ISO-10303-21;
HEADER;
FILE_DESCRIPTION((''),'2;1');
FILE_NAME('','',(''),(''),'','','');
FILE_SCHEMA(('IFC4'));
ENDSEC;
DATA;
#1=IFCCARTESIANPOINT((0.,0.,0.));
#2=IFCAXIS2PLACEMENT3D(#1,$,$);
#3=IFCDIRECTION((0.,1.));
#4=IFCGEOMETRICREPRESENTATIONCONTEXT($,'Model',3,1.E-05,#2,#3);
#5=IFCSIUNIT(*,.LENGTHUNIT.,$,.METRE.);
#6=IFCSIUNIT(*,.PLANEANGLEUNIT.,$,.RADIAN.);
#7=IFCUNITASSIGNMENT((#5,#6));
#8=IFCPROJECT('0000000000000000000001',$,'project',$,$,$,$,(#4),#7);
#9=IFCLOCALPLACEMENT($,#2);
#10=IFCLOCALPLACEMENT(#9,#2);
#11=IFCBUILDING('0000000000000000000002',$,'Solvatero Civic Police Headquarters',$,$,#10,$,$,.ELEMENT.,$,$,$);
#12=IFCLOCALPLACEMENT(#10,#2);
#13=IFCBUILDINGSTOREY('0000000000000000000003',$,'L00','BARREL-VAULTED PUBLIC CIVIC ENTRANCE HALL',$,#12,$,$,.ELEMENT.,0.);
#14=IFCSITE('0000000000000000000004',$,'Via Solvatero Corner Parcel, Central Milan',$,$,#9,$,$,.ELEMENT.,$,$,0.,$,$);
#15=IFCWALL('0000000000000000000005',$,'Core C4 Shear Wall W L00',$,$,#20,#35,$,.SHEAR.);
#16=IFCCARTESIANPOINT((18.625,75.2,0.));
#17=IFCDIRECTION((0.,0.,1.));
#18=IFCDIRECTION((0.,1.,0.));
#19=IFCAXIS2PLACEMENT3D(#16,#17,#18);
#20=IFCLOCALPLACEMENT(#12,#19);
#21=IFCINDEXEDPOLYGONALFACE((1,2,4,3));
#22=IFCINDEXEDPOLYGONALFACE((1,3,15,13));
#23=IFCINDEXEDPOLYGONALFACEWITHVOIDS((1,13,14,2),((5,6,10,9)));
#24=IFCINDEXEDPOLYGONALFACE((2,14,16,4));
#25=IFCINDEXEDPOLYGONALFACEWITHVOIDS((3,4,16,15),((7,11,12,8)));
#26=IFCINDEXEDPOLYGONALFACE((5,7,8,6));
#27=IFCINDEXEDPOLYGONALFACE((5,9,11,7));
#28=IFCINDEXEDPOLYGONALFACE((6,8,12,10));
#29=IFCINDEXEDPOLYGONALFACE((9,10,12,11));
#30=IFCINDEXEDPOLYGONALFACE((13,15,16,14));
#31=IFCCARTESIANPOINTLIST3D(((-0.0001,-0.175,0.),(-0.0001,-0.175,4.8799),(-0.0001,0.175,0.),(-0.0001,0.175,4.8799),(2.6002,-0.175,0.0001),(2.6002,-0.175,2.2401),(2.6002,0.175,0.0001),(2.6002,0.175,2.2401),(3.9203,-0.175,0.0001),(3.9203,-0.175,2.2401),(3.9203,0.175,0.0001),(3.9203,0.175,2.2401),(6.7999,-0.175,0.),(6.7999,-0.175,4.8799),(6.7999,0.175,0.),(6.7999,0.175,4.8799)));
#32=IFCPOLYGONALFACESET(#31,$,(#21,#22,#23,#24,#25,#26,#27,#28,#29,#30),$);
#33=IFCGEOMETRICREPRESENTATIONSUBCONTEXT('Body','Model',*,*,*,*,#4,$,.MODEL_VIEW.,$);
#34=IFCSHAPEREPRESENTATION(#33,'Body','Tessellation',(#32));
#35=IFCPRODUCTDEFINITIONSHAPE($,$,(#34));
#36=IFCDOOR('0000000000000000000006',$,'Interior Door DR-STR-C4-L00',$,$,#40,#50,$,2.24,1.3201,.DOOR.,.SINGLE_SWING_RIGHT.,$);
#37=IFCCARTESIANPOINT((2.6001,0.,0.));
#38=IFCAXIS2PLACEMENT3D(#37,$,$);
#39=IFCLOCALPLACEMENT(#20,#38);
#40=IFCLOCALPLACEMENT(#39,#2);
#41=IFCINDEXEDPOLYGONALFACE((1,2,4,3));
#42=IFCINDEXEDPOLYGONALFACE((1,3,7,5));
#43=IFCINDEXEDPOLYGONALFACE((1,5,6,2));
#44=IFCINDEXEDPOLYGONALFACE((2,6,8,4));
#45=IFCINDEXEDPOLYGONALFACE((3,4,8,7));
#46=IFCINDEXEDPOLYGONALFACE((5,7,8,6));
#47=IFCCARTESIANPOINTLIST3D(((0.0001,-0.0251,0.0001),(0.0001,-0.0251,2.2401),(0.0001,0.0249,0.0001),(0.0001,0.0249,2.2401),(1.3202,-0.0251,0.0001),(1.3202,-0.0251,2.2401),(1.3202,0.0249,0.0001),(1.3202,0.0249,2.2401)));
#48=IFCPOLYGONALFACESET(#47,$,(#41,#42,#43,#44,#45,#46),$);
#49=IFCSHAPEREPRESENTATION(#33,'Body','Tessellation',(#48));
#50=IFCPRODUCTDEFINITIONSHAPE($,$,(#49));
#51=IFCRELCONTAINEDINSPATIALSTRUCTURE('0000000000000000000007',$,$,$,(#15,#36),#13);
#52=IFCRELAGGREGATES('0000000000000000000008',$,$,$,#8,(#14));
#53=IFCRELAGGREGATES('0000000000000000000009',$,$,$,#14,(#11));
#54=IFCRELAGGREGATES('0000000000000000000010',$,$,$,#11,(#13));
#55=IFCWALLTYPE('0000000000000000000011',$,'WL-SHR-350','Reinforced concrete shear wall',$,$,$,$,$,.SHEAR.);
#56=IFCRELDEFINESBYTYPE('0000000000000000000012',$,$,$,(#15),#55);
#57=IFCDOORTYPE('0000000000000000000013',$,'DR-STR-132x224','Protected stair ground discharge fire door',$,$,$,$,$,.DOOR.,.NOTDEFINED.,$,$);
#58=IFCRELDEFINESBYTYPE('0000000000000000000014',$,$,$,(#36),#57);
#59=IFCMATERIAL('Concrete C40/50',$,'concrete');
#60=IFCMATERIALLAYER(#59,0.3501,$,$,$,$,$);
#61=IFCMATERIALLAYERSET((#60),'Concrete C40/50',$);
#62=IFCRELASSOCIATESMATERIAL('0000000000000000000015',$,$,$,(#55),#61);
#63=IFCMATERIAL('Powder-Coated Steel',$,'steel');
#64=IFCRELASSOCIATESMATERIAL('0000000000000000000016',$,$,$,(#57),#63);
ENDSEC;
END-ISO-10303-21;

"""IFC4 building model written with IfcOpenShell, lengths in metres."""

from ifc_helpers import new_model, si_unit, direction, frame, frame_2d, origin, place, context, subcontext, project, spatial, rectangle, extrude, material, layer, layer_set, type_object, element, fill, save


model = new_model("IFC4")

# Units and contexts
model_context = context("Model", 3, precision=1e-05, world=origin(), true_north=direction((0.0, 1.0)))
body_context = subcontext(model_context, "Body", "Model", "MODEL_VIEW")
ifc_project = project(units=[si_unit("LENGTHUNIT", "METRE"), si_unit("PLANEANGLEUNIT", "RADIAN")], contexts=[model_context])

# Site, building, storey
site_placement = place(None, origin())
site = spatial("IfcSite", under=ifc_project, at=site_placement, Name="Via Solvatero Corner Parcel, Central Milan", CompositionType="ELEMENT", RefElevation=0.0)
building_placement = place(site_placement, origin())
building = spatial("IfcBuilding", under=site, at=building_placement, Name="Solvatero Civic Police Headquarters", CompositionType="ELEMENT")
storey_placement = place(building_placement, origin())
storey = spatial("IfcBuildingStorey", under=building, at=storey_placement, Name="L00", Description="BARREL-VAULTED PUBLIC CIVIC ENTRANCE HALL", CompositionType="ELEMENT", Elevation=0.0)

# Shared definitions
ifc_material_1 = material(Name="Concrete C40/50", Category="concrete")

# Shared definitions
ifc_material_2 = material(Name="Powder-Coated Steel", Category="steel")

# Shared definitions
ifc_layer_1 = layer(ifc_material_1, 0.3501)
ifc_layer_set_1 = layer_set([ifc_layer_1], Name="Concrete C40/50")
wall_type_1 = type_object("IfcWallType", Name="WL-SHR-350", Description="Reinforced concrete shear wall", PredefinedType="SHEAR", material=ifc_layer_set_1)

# Wall, opening, door
wall_1_placement = place(storey_placement, frame((18.625, 75.2, 0.0), z_axis=(0.0, 0.0, 1.0), x_axis=(0.0, 1.0, 0.0)))
wall_1 = element("IfcWall", 1, at=wall_1_placement, inside=storey, type_object=wall_type_1, Name="Core C4 Shear Wall W L00", PredefinedType="SHEAR", context=body_context, shape_type="SweptSolid", body=[
    extrude(rectangle(XDim=6.8, YDim=0.3501, at=frame_2d((3.3999, 0.0))), origin(), (0.0, 0.0, 1.0), 4.8799),
])
opening_1_placement = place(wall_1_placement, frame((2.6001, 0.0, 0.0)))
opening_1 = element("IfcOpeningElement", 2, at=opening_1_placement, cuts=wall_1, PredefinedType="OPENING", context=body_context, shape_type="SweptSolid", body=[
    extrude(rectangle(XDim=1.3201, YDim=2.24, at=frame_2d((0.6602, 1.1201))), frame((0.0, 0.1851, 0.0), z_axis=(0.0, -1.0, 0.0), x_axis=(1.0, 0.0, 0.0)), (0.0, 0.0, 1.0), 0.3701),
])
door_type_1 = type_object("IfcDoorType", Name="DR-STR-132x224", Description="Protected stair ground discharge fire door", OperationType="NOTDEFINED", PredefinedType="DOOR", material=ifc_material_2)
door_1_placement = place(opening_1_placement, origin())
door_1 = element("IfcDoor", 3, at=door_1_placement, inside=storey, type_object=door_type_1, Name="Interior Door DR-STR-C4-L00", OperationType="SINGLE_SWING_RIGHT", OverallHeight=2.24, OverallWidth=1.3201, PredefinedType="DOOR", context=body_context, shape_type="SweptSolid", body=[
    extrude(rectangle(XDim=1.3201, YDim=2.24, at=frame_2d((0.6602, 1.1201))), frame((0.0, 0.0249, 0.0), z_axis=(0.0, -1.0, 0.0), x_axis=(1.0, 0.0, 0.0)), (0.0, 0.0, 1.0), 0.05),
])
fill(opening_1, door_1)

save(model, "model.ifc")
